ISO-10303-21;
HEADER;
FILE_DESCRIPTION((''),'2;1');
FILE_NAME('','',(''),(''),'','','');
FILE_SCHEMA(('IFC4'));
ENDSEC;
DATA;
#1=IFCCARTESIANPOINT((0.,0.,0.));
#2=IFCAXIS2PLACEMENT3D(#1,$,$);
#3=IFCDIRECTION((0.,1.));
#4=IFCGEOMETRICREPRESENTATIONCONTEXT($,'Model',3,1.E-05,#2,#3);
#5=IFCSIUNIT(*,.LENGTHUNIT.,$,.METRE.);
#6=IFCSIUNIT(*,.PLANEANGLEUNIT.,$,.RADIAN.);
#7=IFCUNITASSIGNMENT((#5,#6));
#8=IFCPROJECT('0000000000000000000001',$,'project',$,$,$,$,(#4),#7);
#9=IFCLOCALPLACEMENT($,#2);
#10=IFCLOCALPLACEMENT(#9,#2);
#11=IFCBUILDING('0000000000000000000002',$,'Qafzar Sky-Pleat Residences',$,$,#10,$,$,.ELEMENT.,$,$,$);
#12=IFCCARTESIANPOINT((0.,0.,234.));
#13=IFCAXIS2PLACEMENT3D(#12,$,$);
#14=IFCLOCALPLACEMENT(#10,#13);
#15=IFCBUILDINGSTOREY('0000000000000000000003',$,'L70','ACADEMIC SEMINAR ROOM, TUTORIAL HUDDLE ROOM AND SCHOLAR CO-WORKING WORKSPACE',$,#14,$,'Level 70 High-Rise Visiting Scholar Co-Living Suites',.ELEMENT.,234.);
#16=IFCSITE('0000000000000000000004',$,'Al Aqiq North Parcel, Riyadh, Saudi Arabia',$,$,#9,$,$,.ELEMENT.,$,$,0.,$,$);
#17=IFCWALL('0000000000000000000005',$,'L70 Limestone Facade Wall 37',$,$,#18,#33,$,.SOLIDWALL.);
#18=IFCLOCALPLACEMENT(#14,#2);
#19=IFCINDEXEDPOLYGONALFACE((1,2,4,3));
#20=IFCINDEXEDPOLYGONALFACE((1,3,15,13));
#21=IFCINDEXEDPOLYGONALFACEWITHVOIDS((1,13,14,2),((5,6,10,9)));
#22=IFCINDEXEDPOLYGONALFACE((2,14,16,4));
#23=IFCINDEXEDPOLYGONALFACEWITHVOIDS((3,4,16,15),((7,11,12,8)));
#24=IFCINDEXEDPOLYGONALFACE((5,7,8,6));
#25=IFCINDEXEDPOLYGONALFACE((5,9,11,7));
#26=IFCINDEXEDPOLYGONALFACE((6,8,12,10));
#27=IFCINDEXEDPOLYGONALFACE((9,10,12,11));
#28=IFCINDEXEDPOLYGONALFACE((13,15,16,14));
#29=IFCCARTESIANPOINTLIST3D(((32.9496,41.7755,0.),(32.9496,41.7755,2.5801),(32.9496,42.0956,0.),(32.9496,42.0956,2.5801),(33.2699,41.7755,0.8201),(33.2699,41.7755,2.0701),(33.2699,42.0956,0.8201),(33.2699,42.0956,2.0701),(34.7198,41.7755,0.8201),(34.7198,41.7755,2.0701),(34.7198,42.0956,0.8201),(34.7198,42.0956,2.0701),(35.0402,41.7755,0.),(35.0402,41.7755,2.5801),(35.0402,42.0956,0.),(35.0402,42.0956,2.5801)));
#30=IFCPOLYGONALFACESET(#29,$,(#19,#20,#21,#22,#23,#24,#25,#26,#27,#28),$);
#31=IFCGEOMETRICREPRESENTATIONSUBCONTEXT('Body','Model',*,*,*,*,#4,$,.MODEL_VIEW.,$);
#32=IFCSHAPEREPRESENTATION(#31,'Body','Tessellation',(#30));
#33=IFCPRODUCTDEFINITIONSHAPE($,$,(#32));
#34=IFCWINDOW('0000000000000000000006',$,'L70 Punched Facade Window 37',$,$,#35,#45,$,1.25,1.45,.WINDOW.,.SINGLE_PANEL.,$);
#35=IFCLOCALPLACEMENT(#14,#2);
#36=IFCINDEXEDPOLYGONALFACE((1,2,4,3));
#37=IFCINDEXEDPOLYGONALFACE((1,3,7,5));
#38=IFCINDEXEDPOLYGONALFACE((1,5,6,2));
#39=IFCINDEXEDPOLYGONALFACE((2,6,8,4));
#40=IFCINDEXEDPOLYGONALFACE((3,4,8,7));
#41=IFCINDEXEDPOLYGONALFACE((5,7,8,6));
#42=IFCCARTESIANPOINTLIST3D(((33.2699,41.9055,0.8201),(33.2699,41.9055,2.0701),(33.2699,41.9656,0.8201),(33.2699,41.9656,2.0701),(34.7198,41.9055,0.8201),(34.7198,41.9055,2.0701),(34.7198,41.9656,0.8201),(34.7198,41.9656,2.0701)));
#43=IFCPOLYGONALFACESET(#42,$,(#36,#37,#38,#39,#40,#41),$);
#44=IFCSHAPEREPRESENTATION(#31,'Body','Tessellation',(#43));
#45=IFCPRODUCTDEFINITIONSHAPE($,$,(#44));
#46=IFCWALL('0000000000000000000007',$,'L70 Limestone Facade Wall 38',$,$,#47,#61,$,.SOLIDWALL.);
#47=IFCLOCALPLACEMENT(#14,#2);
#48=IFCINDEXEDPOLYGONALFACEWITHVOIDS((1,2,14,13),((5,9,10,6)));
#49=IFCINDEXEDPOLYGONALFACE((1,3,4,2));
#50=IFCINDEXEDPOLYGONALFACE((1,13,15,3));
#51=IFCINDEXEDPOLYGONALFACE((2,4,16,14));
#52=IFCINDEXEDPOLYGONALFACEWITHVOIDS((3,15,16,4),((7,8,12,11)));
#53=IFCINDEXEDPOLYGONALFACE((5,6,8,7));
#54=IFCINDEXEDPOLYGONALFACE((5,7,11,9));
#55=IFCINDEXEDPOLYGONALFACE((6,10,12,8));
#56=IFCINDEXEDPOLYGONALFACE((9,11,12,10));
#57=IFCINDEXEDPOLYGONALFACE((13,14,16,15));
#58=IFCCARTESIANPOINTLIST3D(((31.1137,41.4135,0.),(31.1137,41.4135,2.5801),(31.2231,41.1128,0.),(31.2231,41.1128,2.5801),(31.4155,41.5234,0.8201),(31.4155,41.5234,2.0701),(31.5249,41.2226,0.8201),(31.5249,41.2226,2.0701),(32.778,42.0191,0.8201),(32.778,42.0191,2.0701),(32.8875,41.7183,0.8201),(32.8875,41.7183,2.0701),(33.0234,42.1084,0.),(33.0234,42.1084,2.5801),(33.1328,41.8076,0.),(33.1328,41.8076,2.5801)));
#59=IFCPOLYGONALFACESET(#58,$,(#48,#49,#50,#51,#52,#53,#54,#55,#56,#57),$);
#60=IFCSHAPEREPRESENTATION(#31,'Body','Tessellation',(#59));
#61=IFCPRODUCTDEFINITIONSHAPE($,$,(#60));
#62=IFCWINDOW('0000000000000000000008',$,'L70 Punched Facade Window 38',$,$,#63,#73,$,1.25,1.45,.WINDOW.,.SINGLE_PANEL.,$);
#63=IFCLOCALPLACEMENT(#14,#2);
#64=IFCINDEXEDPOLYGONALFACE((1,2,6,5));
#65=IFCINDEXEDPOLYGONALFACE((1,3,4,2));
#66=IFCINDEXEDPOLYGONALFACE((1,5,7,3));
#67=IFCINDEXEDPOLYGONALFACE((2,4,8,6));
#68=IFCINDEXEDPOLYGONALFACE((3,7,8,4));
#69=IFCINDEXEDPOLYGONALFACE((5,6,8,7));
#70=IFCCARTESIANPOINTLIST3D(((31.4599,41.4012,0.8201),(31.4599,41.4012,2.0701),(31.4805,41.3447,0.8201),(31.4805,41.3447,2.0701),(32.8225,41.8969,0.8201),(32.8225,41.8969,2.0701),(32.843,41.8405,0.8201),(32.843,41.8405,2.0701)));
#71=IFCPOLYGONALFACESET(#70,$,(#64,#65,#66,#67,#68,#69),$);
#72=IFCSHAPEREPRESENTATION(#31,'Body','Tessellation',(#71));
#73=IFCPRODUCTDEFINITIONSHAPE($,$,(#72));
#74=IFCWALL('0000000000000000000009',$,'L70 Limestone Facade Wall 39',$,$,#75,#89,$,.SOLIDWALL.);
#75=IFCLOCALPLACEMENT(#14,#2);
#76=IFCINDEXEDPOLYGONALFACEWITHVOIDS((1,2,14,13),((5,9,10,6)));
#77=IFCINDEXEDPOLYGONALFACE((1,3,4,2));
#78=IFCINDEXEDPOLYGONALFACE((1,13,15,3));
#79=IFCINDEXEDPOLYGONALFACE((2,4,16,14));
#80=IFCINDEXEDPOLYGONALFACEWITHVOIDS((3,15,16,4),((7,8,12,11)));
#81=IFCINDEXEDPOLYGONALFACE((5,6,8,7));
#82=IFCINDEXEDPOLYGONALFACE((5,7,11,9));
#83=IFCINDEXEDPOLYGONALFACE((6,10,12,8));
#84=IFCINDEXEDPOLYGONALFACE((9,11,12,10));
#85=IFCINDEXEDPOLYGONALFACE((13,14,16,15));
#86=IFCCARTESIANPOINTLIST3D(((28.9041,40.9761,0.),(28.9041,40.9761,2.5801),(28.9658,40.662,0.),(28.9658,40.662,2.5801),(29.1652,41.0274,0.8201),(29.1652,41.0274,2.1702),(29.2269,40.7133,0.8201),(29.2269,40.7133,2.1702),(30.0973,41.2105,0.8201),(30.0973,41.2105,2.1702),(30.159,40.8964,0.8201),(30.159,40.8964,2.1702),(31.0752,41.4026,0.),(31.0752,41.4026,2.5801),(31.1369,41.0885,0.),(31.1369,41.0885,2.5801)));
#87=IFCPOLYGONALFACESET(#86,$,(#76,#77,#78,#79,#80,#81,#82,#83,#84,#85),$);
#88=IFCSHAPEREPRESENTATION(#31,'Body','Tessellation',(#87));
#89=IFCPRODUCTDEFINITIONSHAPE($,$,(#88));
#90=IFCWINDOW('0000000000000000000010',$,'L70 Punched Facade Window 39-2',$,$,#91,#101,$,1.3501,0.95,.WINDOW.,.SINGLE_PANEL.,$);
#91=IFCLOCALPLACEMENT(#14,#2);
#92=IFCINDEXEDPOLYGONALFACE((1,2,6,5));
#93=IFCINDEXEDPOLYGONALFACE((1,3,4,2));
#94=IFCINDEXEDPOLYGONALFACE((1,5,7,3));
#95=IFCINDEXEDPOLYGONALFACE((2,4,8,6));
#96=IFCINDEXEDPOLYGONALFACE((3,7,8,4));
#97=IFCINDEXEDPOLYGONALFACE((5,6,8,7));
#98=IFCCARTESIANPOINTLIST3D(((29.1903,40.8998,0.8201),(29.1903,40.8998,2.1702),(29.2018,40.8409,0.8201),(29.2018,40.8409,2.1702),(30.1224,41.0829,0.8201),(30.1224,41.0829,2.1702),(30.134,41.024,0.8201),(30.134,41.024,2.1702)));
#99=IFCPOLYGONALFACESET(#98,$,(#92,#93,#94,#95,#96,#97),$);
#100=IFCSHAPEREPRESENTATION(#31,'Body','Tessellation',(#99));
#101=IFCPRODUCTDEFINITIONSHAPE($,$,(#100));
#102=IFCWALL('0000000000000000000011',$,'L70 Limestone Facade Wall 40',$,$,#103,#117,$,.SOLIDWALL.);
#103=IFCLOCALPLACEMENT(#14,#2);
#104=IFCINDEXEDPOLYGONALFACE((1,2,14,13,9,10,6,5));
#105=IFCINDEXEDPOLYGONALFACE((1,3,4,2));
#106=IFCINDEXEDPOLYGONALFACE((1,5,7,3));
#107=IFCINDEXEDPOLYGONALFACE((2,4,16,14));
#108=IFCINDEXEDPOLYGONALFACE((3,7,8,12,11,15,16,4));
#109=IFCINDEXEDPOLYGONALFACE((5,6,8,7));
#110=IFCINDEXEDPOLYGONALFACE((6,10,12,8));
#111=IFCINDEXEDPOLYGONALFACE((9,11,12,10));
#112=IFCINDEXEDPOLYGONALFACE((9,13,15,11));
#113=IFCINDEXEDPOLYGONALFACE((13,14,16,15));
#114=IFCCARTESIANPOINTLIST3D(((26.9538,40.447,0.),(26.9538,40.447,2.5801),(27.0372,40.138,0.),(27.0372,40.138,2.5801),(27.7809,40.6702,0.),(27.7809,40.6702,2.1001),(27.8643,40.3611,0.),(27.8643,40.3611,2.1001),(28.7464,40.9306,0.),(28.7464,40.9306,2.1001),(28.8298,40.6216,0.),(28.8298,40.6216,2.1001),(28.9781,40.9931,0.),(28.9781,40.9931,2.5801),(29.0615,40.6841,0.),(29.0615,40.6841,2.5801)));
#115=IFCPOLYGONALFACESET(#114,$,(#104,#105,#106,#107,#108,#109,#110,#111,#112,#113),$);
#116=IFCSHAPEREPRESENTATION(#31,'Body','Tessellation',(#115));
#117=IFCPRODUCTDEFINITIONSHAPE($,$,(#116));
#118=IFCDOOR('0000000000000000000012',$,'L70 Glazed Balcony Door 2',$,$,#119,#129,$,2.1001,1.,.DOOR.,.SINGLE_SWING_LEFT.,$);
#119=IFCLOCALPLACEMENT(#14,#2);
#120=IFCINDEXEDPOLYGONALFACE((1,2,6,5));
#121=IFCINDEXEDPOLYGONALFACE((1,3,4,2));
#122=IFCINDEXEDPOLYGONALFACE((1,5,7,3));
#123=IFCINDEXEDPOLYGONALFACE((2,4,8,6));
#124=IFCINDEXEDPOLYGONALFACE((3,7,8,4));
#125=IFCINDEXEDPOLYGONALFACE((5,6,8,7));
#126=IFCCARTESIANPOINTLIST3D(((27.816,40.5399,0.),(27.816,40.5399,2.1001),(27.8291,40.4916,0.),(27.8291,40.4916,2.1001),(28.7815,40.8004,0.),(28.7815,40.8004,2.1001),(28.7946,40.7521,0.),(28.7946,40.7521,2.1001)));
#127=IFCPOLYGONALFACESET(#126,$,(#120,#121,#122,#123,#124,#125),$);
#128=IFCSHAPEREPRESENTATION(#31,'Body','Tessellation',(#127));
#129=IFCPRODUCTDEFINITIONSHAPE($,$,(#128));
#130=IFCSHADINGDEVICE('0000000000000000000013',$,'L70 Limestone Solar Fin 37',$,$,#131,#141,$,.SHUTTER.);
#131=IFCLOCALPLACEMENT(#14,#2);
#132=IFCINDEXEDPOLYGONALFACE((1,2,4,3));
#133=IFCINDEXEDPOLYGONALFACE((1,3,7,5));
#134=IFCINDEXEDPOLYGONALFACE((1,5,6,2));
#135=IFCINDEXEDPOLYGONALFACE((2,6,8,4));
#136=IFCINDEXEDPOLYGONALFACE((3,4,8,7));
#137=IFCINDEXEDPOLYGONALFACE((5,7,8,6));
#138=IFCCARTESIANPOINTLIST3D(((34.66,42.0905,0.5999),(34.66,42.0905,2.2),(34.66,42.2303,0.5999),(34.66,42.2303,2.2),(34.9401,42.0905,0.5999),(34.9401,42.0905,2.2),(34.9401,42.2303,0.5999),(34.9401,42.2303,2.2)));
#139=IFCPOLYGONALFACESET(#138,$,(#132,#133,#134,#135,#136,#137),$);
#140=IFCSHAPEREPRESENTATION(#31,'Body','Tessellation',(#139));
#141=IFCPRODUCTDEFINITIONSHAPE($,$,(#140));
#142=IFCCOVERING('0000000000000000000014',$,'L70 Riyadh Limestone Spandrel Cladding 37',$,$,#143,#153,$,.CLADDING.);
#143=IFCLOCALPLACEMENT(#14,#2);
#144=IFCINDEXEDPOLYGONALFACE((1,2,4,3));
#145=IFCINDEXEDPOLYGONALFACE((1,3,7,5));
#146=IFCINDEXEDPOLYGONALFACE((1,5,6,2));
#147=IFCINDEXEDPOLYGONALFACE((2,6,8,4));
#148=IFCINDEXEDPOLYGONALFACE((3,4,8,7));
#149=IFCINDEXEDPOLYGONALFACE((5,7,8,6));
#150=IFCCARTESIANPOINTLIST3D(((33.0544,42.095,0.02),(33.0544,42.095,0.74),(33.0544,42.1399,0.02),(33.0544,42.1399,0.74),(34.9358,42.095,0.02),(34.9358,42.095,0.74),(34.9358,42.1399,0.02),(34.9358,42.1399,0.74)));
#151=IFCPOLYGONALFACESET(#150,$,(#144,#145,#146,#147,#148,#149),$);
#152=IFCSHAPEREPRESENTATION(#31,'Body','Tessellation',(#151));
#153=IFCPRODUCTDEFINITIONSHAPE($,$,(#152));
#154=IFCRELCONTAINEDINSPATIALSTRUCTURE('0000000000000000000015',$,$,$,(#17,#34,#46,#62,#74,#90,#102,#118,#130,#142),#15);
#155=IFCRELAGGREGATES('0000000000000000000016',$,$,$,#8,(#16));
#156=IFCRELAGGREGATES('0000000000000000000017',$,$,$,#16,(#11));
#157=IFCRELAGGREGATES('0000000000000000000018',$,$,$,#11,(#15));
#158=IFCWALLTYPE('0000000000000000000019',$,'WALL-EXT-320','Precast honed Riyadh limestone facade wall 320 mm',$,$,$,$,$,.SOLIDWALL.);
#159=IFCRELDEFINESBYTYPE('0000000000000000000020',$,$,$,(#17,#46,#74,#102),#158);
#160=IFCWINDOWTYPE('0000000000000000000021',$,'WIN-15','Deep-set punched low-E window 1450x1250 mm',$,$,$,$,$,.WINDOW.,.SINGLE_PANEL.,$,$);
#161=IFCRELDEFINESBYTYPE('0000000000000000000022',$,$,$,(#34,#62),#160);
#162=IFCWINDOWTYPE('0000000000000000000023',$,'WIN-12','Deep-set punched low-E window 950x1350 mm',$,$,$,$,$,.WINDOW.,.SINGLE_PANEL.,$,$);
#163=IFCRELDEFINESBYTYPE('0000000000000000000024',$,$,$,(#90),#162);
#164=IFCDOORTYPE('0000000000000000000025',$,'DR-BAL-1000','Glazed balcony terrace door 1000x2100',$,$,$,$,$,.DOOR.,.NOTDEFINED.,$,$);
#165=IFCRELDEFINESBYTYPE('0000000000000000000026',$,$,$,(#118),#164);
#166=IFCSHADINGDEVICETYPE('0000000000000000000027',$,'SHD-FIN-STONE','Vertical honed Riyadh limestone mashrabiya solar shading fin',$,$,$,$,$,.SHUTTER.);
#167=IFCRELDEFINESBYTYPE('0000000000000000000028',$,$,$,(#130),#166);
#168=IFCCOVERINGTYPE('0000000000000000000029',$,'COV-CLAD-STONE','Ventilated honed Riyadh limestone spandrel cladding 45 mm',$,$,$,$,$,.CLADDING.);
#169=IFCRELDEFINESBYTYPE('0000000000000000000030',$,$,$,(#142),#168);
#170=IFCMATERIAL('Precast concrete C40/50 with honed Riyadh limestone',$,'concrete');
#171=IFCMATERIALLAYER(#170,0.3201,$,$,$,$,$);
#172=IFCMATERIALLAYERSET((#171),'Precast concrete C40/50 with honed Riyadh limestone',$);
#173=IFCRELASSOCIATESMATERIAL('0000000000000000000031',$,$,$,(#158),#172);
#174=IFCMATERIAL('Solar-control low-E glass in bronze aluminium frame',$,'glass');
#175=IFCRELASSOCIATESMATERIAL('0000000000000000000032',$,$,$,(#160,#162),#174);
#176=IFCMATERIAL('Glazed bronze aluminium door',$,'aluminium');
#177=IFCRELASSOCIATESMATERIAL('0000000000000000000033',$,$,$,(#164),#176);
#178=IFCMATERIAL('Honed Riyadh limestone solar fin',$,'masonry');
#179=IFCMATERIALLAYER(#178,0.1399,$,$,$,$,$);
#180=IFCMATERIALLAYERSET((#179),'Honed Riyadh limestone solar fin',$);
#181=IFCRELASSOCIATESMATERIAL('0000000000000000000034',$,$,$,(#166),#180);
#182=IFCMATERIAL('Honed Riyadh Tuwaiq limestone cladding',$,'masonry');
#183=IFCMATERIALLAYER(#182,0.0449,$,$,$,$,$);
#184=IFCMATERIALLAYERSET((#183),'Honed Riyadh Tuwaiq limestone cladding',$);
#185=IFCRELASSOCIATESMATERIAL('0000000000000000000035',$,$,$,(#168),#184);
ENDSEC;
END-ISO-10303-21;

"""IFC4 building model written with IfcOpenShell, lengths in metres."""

from ifc_helpers import new_model, si_unit, direction, frame, frame_2d, origin, origin_2d, place, context, subcontext, project, spatial, rectangle, extrude, source, transform, mapped, material, layer, layer_set, type_object, element, fill, save


model = new_model("IFC4")

# Units and contexts
model_context = context("Model", 3, precision=1e-05, world=origin(), true_north=direction((0.0, 1.0)))
body_context = subcontext(model_context, "Body", "Model", "MODEL_VIEW")
ifc_project = project(units=[si_unit("LENGTHUNIT", "METRE"), si_unit("PLANEANGLEUNIT", "RADIAN")], contexts=[model_context])

# Site, building, storey
site_placement = place(None, origin())
site = spatial("IfcSite", under=ifc_project, at=site_placement, Name="Al Aqiq North Parcel, Riyadh, Saudi Arabia", CompositionType="ELEMENT", RefElevation=0.0)
building_placement = place(site_placement, origin())
building = spatial("IfcBuilding", under=site, at=building_placement, Name="Qafzar Sky-Pleat Residences", CompositionType="ELEMENT")
storey_placement = place(building_placement, frame((0.0, 0.0, 234.0)))
storey = spatial("IfcBuildingStorey", under=building, at=storey_placement, Name="L70", Description="ACADEMIC SEMINAR ROOM, TUTORIAL HUDDLE ROOM AND SCHOLAR CO-WORKING WORKSPACE", LongName="Level 70 High-Rise Visiting Scholar Co-Living Suites", CompositionType="ELEMENT", Elevation=234.0)

# Walls, openings, windows
ifc_material_1 = material(Name="Precast concrete C40/50 with honed Riyadh limestone", Category="concrete")
ifc_layer_1 = layer(ifc_material_1, 0.3201)
ifc_layer_set_1 = layer_set([ifc_layer_1], Name="Precast concrete C40/50 with honed Riyadh limestone")
wall_type_1 = type_object("IfcWallType", Name="WALL-EXT-320", Description="Precast honed Riyadh limestone facade wall 320 mm", PredefinedType="SOLIDWALL", material=ifc_layer_set_1)
wall_1_placement = place(storey_placement, frame((35.0403, 41.9355, 0.0), z_axis=(0.0, 0.0, 1.0), x_axis=(-1.0, 0.0, 0.0)))
wall_1 = element("IfcWall", 1, at=wall_1_placement, inside=storey, type_object=wall_type_1, Name="L70 Limestone Facade Wall 37", PredefinedType="SOLIDWALL", context=body_context, shape_type="SweptSolid", body=[
    extrude(rectangle(XDim=2.0906, YDim=0.3201, at=frame_2d((1.0454, 0.0))), origin(), (0.0, 0.0, 1.0), 2.5801),
])
opening_1_placement = place(wall_1_placement, frame((0.3203, 0.0, 0.8201)))
opening_1 = element("IfcOpeningElement", 2, at=opening_1_placement, cuts=wall_1, PredefinedType="OPENING", context=body_context, shape_type="SweptSolid", body=[
    extrude(rectangle(XDim=1.45, YDim=1.25, at=frame_2d((0.7251, 0.625))), frame((0.0, 0.1699, 0.0), z_axis=(0.0, -1.0, 0.0), x_axis=(1.0, 0.0, 0.0)), (0.0, 0.0, 1.0), 0.3401),
])
ifc_material_2 = material(Name="Solar-control low-E glass in bronze aluminium frame", Category="glass")
window_type_1 = type_object("IfcWindowType", Name="WIN-15", Description="Deep-set punched low-E window 1450x1250 mm", PartitioningType="SINGLE_PANEL", PredefinedType="WINDOW", material=ifc_material_2)
shared_shape_1 = source(origin(), body_context, "Body", "SweptSolid", [
    extrude(rectangle(XDim=1.45, YDim=1.25, at=frame_2d((0.7251, 0.625))), frame((0.0, 0.03, 0.0), z_axis=(0.0, -1.0, 0.0), x_axis=(1.0, 0.0, 0.0)), (0.0, 0.0, 1.0), 0.0601),
])
window_1_placement = place(opening_1_placement, origin())
window_1 = element("IfcWindow", 3, at=window_1_placement, inside=storey, type_object=window_type_1, Name="L70 Punched Facade Window 37", OverallHeight=1.25, OverallWidth=1.45, PartitioningType="SINGLE_PANEL", PredefinedType="WINDOW", context=body_context, shape_type="MappedRepresentation", body=[
    mapped(shared_shape_1, transform((0.0, 0.0, 0.0), x_axis=(1.0, 0.0, 0.0), y_axis=(0.0, 1.0, 0.0), z_axis=(0.0, 0.0, 1.0), scale=1.0)),
])
fill(opening_1, window_1)
wall_2_placement = place(storey_placement, frame((33.0781, 41.958, 0.0), z_axis=(0.0, 0.0, 1.0), x_axis=(-0.93973, -0.341917, 0.0)))
wall_2 = element("IfcWall", 4, at=wall_2_placement, inside=storey, type_object=wall_type_1, Name="L70 Limestone Facade Wall 38", PredefinedType="SOLIDWALL", context=body_context, shape_type="SweptSolid", body=[
    extrude(rectangle(XDim=2.0322, YDim=0.3201, at=frame_2d((1.0161, 0.0))), origin(), (0.0, 0.0, 1.0), 2.5801),
])
opening_2_placement = place(wall_2_placement, frame((0.261, 0.0, 0.8201)))
opening_2 = element("IfcOpeningElement", 5, at=opening_2_placement, cuts=wall_2, PredefinedType="OPENING", context=body_context, shape_type="SweptSolid", body=[
    extrude(rectangle(XDim=1.45, YDim=1.25, at=frame_2d((0.7251, 0.625))), frame((0.0, 0.1699, 0.0), z_axis=(0.0, -1.0, 0.0), x_axis=(1.0, 0.0, 0.0)), (0.0, 0.0, 1.0), 0.3401),
])
window_2_placement = place(opening_2_placement, origin())
window_2 = element("IfcWindow", 6, at=window_2_placement, inside=storey, type_object=window_type_1, Name="L70 Punched Facade Window 38", OverallHeight=1.25, OverallWidth=1.45, PartitioningType="SINGLE_PANEL", PredefinedType="WINDOW", context=body_context, shape_type="MappedRepresentation", body=[
    mapped(shared_shape_1, transform((0.0, 0.0, 0.0), x_axis=(1.0, 0.0, 0.0), y_axis=(0.0, 1.0, 0.0), z_axis=(0.0, 0.0, 1.0), scale=1.0)),
])
fill(opening_2, window_2)
wall_3_placement = place(storey_placement, frame((31.1062, 41.2456, 0.0), z_axis=(0.0, 0.0, 1.0), x_axis=(-0.981245, -0.192762, 0.0)))
wall_3 = element("IfcWall", 7, at=wall_3_placement, inside=storey, type_object=wall_type_1, Name="L70 Limestone Facade Wall 39", PredefinedType="SOLIDWALL", context=body_context, shape_type="SweptSolid", body=[
    extrude(rectangle(XDim=2.2126, YDim=0.3201, at=frame_2d((1.1064, 0.0))), origin(), (0.0, 0.0, 1.0), 2.5801),
])
opening_3_placement = place(wall_3_placement, frame((0.9966, 0.0, 0.8201)))
opening_3 = element("IfcOpeningElement", 8, at=opening_3_placement, cuts=wall_3, PredefinedType="OPENING", context=body_context, shape_type="SweptSolid", body=[
    extrude(rectangle(XDim=0.95, YDim=1.3501, at=frame_2d((0.4751, 0.675))), frame((0.0, 0.1699, 0.0), z_axis=(0.0, -1.0, 0.0), x_axis=(1.0, 0.0, 0.0)), (0.0, 0.0, 1.0), 0.3401),
])
window_type_2 = type_object("IfcWindowType", Name="WIN-12", Description="Deep-set punched low-E window 950x1350 mm", PartitioningType="SINGLE_PANEL", PredefinedType="WINDOW", material=ifc_material_2)
shared_shape_2 = source(origin(), body_context, "Body", "SweptSolid", [
    extrude(rectangle(XDim=0.95, YDim=1.3501, at=frame_2d((0.4751, 0.675))), frame((0.0, 0.03, 0.0), z_axis=(0.0, -1.0, 0.0), x_axis=(1.0, 0.0, 0.0)), (0.0, 0.0, 1.0), 0.0601),
])
window_3_placement = place(opening_3_placement, origin())
window_3 = element("IfcWindow", 9, at=window_3_placement, inside=storey, type_object=window_type_2, Name="L70 Punched Facade Window 39-2", OverallHeight=1.3501, OverallWidth=0.95, PartitioningType="SINGLE_PANEL", PredefinedType="WINDOW", context=body_context, shape_type="MappedRepresentation", body=[
    mapped(shared_shape_2, transform((0.0, 0.0, 0.0), x_axis=(1.0, 0.0, 0.0), y_axis=(0.0, 1.0, 0.0), z_axis=(0.0, 0.0, 1.0), scale=1.0)),
])
fill(opening_3, window_3)

# Wall, opening, door
wall_4_placement = place(storey_placement, frame((29.0198, 40.8386, 0.0), z_axis=(0.0, 0.0, 1.0), x_axis=(-0.965483, -0.260466, 0.0)))
wall_4 = element("IfcWall", 10, at=wall_4_placement, inside=storey, type_object=wall_type_1, Name="L70 Limestone Facade Wall 40", PredefinedType="SOLIDWALL", context=body_context, shape_type="SweptSolid", body=[
    extrude(rectangle(XDim=2.0967, YDim=0.3201, at=frame_2d((1.0483, 0.0))), origin(), (0.0, 0.0, 1.0), 2.5801),
])
opening_4_placement = place(wall_4_placement, frame((0.24, 0.0, 0.0)))
opening_4 = element("IfcOpeningElement", 11, at=opening_4_placement, cuts=wall_4, PredefinedType="OPENING", context=body_context, shape_type="SweptSolid", body=[
    extrude(rectangle(XDim=1.0, YDim=2.1001, at=frame_2d((0.5, 1.05))), frame((0.0, 0.1699, 0.0), z_axis=(0.0, -1.0, 0.0), x_axis=(1.0, 0.0, 0.0)), (0.0, 0.0, 1.0), 0.3401),
])
ifc_material_3 = material(Name="Glazed bronze aluminium door", Category="aluminium")
door_type_1 = type_object("IfcDoorType", Name="DR-BAL-1000", Description="Glazed balcony terrace door 1000x2100", OperationType="NOTDEFINED", PredefinedType="DOOR", material=ifc_material_3)
shared_shape_3 = source(origin(), body_context, "Body", "SweptSolid", [
    extrude(rectangle(XDim=1.0, YDim=2.1001, at=frame_2d((0.5, 1.05))), frame((0.0, 0.0249, 0.0), z_axis=(0.0, -1.0, 0.0), x_axis=(1.0, 0.0, 0.0)), (0.0, 0.0, 1.0), 0.05),
])
door_1_placement = place(opening_4_placement, origin())
door_1 = element("IfcDoor", 12, at=door_1_placement, inside=storey, type_object=door_type_1, Name="L70 Glazed Balcony Door 2", OperationType="SINGLE_SWING_LEFT", OverallHeight=2.1001, OverallWidth=1.0, PredefinedType="DOOR", context=body_context, shape_type="MappedRepresentation", body=[
    mapped(shared_shape_3, transform((0.0, 0.0, 0.0), x_axis=(1.0, 0.0, 0.0), y_axis=(0.0, 1.0, 0.0), z_axis=(0.0, 0.0, 1.0), scale=1.0)),
])
fill(opening_4, door_1)

# Shading device
ifc_material_4 = material(Name="Honed Riyadh limestone solar fin", Category="masonry")
ifc_layer_2 = layer(ifc_material_4, 0.1399)
ifc_layer_set_2 = layer_set([ifc_layer_2], Name="Honed Riyadh limestone solar fin")
shading_device_type = type_object("IfcShadingDeviceType", Name="SHD-FIN-STONE", Description="Vertical honed Riyadh limestone mashrabiya solar shading fin", PredefinedType="SHUTTER", material=ifc_layer_set_2)
shared_shape_4 = source(origin(), body_context, "Body", "SweptSolid", [
    extrude(rectangle(XDim=0.1399, YDim=0.28, at=origin_2d()), origin(), (0.0, 0.0, 1.0), 1.6001),
])
shading_device_placement = place(storey_placement, frame((34.8, 42.1604, 0.5999), z_axis=(0.0, 0.0, 1.0), x_axis=(0.0, 1.0, 0.0)))
element("IfcShadingDevice", 13, at=shading_device_placement, inside=storey, type_object=shading_device_type, Name="L70 Limestone Solar Fin 37", PredefinedType="SHUTTER", context=body_context, shape_type="MappedRepresentation", body=[
    mapped(shared_shape_4, transform((0.0, 0.0, 0.0), x_axis=(1.0, 0.0, 0.0), y_axis=(0.0, 1.0, 0.0), z_axis=(0.0, 0.0, 1.0), scale=1.0)),
])

# Covering
ifc_material_5 = material(Name="Honed Riyadh Tuwaiq limestone cladding", Category="masonry")
ifc_layer_3 = layer(ifc_material_5, 0.0449)
ifc_layer_set_3 = layer_set([ifc_layer_3], Name="Honed Riyadh Tuwaiq limestone cladding")
covering_type = type_object("IfcCoveringType", Name="COV-CLAD-STONE", Description="Ventilated honed Riyadh limestone spandrel cladding 45 mm", PredefinedType="CLADDING", material=ifc_layer_set_3)
shared_shape_5 = source(origin(), body_context, "Body", "SweptSolid", [
    extrude(rectangle(XDim=1.8813, YDim=0.0449, at=origin_2d()), origin(), (0.0, 0.0, 1.0), 0.72),
])
covering_placement = place(storey_placement, frame((33.9951, 42.1174, 0.02), z_axis=(0.0, 0.0, 1.0), x_axis=(-1.0, 0.0, 0.0)))
element("IfcCovering", 14, at=covering_placement, inside=storey, type_object=covering_type, Name="L70 Riyadh Limestone Spandrel Cladding 37", PredefinedType="CLADDING", context=body_context, shape_type="MappedRepresentation", body=[
    mapped(shared_shape_5, transform((0.0, 0.0, 0.0), x_axis=(1.0, 0.0, 0.0), y_axis=(0.0, 1.0, 0.0), z_axis=(0.0, 0.0, 1.0), scale=1.0)),
])

save(model, "model.ifc")
